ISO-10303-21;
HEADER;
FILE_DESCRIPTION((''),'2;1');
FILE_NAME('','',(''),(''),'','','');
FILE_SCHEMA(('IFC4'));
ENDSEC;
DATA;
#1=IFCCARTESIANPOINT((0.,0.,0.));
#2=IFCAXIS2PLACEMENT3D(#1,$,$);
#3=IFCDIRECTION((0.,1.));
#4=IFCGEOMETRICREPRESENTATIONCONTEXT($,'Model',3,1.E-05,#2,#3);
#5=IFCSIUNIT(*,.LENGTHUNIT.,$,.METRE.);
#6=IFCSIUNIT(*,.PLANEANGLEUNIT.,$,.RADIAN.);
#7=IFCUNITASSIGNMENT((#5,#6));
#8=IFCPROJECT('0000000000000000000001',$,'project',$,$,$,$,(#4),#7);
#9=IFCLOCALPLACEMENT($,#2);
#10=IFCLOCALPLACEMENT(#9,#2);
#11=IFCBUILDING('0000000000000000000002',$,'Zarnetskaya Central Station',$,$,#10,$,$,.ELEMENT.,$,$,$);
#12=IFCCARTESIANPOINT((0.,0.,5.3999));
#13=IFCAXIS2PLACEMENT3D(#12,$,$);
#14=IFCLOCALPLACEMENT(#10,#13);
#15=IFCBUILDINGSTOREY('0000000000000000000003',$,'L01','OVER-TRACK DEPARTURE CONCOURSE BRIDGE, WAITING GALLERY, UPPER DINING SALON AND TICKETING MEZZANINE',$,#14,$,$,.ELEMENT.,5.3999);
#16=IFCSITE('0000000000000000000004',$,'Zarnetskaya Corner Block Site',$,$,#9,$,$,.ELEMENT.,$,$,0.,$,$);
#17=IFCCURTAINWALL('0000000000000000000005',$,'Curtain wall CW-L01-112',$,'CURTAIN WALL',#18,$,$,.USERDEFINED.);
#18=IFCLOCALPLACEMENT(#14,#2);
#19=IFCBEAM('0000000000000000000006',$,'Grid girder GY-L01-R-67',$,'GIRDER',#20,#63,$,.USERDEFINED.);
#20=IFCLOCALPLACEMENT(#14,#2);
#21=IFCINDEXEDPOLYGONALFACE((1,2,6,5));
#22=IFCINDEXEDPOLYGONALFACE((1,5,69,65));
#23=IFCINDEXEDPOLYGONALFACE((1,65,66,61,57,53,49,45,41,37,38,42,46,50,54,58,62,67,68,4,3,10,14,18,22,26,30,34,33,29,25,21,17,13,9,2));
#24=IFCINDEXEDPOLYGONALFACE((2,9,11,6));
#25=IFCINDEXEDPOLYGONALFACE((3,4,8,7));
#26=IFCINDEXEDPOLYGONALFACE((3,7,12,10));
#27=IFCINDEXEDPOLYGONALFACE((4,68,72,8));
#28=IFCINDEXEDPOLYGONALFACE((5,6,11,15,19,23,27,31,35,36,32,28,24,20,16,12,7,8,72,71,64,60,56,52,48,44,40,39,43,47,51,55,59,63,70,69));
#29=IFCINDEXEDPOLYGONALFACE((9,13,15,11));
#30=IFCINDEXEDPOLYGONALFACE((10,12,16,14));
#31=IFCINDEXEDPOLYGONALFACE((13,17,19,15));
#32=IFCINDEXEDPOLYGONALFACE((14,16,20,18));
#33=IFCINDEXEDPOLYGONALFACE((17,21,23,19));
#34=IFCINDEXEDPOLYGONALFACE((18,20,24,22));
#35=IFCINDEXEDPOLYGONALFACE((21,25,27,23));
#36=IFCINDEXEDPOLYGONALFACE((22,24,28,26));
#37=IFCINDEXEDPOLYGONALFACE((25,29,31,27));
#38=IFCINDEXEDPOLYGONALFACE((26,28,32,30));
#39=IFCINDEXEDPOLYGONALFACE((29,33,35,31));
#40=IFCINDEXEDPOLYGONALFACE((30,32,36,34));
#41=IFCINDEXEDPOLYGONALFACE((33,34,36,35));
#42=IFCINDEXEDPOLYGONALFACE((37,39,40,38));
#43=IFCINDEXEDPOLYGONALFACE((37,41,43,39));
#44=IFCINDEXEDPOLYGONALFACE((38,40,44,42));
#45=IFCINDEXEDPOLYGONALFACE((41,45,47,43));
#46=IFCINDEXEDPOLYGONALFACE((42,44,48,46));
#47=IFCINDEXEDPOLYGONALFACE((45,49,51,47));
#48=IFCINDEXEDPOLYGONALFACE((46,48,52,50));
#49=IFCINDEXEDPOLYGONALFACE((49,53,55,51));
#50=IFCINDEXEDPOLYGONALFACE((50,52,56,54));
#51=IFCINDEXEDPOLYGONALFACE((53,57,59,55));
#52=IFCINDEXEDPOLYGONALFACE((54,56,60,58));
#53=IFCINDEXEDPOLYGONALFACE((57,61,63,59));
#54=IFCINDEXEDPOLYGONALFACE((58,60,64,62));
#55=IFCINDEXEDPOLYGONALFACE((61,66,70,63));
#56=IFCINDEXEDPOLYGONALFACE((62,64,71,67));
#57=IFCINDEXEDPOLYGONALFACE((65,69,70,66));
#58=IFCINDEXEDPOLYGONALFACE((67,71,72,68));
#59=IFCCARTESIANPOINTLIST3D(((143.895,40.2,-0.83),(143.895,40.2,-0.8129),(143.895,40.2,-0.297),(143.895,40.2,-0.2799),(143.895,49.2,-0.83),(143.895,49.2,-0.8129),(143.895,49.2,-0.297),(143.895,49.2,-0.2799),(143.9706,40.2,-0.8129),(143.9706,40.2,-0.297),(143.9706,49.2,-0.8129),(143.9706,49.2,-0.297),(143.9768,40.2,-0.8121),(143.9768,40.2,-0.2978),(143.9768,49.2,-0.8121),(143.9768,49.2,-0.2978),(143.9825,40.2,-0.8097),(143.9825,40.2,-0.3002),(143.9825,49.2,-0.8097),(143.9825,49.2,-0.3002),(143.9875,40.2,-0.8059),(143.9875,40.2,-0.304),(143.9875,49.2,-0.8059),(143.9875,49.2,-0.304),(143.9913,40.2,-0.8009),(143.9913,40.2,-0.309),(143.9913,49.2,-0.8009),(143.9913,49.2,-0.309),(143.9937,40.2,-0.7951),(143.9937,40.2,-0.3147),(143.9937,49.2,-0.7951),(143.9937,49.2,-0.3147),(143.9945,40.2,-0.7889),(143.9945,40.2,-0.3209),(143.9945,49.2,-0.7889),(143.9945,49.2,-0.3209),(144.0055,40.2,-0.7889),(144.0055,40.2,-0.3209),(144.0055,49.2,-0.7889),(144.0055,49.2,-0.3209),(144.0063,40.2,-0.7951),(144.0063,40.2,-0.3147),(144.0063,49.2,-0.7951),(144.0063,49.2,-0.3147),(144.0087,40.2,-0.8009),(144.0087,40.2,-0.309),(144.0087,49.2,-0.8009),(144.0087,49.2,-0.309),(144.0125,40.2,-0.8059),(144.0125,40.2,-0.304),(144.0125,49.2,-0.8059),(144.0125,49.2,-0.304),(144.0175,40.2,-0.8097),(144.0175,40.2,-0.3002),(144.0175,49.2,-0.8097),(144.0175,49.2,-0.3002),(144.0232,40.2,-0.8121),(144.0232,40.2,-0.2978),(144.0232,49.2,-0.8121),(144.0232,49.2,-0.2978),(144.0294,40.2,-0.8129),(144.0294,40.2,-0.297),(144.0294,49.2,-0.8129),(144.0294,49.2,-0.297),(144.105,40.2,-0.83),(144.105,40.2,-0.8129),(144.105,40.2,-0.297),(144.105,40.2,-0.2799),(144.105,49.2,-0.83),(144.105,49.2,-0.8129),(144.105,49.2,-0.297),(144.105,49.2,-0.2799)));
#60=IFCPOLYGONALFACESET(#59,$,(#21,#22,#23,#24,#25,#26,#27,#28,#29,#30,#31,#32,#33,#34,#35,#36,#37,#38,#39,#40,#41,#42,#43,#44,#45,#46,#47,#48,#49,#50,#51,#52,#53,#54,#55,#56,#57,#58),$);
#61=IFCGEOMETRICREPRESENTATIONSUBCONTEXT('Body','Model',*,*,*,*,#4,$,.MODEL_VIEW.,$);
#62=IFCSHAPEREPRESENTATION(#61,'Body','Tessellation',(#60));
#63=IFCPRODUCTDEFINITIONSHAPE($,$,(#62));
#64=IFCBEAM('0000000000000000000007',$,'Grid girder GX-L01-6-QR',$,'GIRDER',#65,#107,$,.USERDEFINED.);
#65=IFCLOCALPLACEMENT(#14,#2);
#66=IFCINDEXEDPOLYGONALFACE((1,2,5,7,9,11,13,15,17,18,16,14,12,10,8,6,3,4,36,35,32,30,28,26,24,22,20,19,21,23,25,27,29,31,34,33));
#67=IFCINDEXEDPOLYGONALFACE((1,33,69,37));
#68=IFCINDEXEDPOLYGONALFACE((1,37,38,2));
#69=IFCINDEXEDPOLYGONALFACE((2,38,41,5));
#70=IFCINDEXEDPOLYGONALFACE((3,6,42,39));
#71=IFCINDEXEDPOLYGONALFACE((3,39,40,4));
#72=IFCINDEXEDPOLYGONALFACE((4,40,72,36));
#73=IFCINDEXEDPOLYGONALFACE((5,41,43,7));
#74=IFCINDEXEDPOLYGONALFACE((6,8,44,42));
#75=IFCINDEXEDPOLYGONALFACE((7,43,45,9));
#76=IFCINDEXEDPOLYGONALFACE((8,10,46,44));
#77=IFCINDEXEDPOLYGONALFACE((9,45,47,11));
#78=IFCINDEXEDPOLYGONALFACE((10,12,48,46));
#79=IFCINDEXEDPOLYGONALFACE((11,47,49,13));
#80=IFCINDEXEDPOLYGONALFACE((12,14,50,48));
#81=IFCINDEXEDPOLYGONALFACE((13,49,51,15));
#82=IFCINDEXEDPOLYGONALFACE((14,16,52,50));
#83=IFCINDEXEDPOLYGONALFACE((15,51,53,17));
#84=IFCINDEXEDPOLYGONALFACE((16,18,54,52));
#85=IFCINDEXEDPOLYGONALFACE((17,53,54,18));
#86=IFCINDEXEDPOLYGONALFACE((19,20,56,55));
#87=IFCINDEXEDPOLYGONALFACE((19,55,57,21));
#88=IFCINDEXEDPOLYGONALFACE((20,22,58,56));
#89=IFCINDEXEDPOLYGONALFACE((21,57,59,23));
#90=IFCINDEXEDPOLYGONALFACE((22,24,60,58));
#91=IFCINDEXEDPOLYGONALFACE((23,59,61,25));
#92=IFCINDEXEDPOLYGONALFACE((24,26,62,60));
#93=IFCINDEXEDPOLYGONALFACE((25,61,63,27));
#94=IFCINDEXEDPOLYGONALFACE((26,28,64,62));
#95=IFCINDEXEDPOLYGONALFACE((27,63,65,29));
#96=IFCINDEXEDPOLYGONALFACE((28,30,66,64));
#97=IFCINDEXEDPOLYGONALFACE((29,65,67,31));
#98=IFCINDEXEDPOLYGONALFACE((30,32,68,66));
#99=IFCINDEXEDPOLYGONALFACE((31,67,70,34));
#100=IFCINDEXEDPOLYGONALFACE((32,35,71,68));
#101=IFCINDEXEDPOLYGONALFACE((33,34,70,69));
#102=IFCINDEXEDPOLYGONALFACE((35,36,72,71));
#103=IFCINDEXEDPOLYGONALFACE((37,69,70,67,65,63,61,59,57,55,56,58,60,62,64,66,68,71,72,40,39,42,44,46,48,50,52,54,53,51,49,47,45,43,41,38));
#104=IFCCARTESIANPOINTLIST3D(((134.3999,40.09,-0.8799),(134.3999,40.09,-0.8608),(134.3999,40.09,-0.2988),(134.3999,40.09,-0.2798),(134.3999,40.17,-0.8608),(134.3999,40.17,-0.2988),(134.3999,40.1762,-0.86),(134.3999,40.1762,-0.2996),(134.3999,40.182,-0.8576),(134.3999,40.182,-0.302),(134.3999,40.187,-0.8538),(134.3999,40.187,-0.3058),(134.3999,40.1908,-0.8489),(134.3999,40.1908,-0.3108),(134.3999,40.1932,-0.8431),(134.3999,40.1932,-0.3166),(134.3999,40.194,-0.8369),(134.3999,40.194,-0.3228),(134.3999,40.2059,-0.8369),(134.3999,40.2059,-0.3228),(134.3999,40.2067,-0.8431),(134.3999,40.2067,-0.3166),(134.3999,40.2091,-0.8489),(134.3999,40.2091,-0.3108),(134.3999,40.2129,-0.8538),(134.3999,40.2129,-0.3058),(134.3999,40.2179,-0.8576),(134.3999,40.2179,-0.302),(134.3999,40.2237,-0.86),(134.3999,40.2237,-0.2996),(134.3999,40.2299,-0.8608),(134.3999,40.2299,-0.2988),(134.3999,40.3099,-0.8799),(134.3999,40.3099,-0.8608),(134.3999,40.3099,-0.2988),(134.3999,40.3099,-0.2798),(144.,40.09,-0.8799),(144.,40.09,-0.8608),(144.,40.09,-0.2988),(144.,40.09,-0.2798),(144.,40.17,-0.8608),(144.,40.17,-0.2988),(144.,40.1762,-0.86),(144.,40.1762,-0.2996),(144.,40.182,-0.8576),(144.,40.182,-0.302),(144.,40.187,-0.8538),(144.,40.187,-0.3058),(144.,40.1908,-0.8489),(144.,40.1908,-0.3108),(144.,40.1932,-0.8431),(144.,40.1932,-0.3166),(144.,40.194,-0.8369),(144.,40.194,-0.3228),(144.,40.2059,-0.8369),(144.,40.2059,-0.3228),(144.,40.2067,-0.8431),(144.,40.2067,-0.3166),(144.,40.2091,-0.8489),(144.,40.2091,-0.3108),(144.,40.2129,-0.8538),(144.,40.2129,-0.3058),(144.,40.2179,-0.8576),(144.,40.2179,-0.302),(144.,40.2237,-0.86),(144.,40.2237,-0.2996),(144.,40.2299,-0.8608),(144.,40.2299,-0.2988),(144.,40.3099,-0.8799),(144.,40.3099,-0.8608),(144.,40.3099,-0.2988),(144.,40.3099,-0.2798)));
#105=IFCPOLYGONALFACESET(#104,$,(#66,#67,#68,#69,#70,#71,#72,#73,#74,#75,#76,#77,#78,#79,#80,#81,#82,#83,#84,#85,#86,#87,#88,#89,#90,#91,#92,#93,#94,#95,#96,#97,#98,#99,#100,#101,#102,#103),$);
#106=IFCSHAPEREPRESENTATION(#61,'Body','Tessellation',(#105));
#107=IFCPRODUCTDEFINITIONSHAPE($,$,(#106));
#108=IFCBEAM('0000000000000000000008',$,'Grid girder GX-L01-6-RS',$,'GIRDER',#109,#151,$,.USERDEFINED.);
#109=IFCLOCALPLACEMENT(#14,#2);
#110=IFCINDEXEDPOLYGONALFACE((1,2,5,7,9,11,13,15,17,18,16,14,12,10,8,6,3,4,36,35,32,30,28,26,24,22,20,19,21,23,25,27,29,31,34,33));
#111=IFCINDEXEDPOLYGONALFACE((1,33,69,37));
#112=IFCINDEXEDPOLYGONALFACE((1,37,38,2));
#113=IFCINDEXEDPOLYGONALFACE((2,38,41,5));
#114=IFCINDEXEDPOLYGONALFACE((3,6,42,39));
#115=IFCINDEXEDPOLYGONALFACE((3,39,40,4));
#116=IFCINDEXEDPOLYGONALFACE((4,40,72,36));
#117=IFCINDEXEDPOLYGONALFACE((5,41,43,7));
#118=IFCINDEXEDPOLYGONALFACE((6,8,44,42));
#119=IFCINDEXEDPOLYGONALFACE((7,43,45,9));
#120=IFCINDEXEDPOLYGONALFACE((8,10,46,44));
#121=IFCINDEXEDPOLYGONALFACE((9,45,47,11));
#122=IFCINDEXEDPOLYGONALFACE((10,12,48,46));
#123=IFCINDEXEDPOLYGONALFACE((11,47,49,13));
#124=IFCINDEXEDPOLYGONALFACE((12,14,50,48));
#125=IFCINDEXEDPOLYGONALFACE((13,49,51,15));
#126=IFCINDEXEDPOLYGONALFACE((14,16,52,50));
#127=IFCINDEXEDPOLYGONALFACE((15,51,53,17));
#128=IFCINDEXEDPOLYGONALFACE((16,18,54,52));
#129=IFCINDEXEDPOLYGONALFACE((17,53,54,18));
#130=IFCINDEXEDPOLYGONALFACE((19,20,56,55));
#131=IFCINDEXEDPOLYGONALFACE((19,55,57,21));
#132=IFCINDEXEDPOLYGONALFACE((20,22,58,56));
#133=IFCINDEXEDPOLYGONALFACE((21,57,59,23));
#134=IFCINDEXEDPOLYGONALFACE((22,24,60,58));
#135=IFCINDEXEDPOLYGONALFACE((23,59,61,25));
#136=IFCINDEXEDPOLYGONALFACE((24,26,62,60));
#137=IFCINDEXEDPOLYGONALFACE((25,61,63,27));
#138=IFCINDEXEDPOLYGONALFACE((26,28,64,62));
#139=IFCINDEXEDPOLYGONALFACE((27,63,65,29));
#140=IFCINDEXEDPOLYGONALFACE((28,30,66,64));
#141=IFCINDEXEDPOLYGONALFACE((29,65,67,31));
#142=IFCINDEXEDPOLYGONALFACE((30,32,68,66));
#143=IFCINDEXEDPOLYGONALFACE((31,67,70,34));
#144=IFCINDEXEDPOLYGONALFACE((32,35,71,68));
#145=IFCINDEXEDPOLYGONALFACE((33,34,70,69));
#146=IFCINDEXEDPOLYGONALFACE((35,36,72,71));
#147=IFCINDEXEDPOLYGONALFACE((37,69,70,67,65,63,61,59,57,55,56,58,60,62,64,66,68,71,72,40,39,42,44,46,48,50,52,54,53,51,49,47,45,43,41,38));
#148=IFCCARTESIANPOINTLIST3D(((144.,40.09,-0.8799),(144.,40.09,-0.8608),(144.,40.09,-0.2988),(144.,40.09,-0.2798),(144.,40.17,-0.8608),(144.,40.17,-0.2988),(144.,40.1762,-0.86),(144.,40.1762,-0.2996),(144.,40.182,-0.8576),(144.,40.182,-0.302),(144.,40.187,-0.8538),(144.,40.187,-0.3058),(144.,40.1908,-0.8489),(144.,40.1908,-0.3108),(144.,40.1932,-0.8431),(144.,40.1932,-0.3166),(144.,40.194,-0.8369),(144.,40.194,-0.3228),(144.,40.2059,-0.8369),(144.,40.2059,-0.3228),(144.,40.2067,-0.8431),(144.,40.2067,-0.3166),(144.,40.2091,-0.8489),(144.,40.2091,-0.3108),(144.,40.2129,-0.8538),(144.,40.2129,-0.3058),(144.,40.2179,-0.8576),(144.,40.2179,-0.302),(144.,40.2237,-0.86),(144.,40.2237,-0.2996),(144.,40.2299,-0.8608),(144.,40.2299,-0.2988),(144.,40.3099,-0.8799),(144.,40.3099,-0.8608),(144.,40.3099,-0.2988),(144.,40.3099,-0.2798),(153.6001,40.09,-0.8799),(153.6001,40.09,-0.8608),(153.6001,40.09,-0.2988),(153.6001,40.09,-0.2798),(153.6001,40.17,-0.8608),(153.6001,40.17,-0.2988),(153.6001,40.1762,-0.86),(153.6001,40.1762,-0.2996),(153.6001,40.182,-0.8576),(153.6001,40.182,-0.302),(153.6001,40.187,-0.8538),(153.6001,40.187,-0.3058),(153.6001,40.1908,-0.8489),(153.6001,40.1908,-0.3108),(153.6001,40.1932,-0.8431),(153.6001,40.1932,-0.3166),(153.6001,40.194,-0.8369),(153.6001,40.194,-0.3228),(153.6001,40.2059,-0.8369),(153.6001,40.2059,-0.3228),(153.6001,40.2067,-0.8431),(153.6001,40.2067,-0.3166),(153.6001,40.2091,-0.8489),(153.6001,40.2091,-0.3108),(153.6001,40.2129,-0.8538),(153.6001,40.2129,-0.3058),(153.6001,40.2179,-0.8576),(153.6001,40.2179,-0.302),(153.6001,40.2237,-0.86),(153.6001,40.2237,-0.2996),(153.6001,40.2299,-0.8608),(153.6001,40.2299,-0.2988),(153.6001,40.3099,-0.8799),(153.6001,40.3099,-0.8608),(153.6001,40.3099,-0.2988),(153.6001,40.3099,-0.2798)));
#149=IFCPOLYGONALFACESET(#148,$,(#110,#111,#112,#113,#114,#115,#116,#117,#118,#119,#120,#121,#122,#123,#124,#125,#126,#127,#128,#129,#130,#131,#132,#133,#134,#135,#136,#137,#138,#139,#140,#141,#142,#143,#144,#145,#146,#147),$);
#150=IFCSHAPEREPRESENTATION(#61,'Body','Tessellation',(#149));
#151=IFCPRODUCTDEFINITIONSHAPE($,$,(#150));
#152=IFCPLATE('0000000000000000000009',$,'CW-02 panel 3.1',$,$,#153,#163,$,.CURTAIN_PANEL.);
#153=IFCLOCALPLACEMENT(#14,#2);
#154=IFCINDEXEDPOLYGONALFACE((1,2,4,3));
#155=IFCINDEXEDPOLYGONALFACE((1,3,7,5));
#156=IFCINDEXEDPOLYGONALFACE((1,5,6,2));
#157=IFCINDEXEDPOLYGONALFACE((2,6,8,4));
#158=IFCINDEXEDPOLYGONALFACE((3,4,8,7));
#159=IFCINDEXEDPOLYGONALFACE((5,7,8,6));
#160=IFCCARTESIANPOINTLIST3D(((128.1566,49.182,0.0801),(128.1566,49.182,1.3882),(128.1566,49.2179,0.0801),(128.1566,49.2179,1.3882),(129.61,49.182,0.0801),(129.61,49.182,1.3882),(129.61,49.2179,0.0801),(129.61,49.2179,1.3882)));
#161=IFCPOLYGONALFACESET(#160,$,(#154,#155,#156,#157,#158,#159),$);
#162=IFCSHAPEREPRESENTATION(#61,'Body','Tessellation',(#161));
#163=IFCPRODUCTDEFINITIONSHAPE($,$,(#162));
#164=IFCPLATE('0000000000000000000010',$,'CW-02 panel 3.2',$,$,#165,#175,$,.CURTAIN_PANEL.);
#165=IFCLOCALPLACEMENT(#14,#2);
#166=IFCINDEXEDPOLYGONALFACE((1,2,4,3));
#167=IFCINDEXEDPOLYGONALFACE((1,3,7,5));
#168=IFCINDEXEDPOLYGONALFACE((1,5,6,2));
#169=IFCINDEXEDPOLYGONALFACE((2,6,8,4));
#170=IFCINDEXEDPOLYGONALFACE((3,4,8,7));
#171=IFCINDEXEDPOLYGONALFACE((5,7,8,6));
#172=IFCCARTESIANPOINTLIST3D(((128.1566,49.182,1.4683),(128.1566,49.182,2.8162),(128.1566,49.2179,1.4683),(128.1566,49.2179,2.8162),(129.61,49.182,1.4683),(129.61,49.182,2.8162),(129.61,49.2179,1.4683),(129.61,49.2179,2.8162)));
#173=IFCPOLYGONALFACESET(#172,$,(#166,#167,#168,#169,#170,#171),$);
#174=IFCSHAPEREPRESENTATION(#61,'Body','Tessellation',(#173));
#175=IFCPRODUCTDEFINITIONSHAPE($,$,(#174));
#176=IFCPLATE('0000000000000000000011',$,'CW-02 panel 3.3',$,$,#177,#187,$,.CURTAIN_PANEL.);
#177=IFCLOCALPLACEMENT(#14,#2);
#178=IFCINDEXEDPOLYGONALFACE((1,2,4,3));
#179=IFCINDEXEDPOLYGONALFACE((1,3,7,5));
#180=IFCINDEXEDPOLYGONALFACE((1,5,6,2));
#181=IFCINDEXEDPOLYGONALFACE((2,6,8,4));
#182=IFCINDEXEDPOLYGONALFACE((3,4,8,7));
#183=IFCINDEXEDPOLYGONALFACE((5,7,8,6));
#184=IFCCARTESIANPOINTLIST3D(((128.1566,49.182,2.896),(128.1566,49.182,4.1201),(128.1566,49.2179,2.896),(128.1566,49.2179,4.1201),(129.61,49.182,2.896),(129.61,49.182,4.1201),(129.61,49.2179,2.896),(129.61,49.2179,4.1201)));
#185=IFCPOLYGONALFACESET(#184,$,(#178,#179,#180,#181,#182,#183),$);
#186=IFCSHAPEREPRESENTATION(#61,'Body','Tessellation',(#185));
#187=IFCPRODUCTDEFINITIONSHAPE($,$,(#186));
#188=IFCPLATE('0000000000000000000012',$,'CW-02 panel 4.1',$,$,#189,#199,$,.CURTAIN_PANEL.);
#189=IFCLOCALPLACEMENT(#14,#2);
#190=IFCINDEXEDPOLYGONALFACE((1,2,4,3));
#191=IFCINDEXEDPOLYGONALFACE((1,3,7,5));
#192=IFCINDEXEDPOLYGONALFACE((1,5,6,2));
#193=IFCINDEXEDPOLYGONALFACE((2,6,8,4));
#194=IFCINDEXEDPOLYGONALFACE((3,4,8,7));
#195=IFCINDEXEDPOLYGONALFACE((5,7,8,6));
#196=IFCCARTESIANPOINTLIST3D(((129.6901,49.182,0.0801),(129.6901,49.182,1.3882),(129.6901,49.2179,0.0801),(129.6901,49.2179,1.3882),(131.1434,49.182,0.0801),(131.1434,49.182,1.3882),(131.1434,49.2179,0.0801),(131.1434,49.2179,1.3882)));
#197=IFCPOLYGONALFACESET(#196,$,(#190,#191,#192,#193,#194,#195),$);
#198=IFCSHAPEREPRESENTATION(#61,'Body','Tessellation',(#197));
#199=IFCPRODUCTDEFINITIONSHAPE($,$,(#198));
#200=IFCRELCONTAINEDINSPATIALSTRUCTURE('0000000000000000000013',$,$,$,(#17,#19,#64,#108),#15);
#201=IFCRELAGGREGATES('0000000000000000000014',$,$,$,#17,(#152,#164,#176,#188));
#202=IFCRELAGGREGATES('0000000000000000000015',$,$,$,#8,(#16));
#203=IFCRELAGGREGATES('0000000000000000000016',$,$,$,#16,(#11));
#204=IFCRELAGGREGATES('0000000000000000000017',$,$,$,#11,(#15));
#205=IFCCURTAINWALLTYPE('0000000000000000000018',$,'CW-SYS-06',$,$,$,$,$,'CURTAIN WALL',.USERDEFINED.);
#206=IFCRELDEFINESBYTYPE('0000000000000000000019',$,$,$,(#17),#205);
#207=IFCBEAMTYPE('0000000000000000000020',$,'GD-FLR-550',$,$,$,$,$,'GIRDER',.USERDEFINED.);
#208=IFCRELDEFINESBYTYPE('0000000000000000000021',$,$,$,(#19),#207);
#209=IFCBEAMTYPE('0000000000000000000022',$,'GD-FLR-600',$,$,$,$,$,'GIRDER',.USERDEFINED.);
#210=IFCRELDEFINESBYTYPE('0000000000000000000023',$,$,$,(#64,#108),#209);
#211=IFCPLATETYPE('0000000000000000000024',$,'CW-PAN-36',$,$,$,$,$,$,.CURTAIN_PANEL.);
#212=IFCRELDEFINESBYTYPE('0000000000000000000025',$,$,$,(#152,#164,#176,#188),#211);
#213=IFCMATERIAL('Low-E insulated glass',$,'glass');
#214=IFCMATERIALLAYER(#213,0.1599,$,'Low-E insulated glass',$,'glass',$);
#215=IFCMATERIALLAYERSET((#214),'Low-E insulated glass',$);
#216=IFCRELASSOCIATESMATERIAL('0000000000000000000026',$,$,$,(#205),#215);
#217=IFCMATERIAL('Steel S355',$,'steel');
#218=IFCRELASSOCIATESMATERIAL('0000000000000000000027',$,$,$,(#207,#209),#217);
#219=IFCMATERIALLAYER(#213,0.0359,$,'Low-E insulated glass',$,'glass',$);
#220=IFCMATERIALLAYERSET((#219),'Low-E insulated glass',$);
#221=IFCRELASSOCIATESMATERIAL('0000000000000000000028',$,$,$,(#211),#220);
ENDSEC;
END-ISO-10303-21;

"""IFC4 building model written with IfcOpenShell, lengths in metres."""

from ifc_helpers import new_model, si_unit, direction, frame, origin, origin_2d, place, context, subcontext, project, spatial, rectangle, i_section, extrude, material, layer, layer_set, material_profile, profile_set, type_object, element, aggregate, save


model = new_model("IFC4")

# Units and contexts
model_context = context("Model", 3, precision=1e-05, world=origin(), true_north=direction((0.0, 1.0)))
body_context = subcontext(model_context, "Body", "Model", "MODEL_VIEW")
ifc_project = project(units=[si_unit("LENGTHUNIT", "METRE"), si_unit("PLANEANGLEUNIT", "RADIAN")], contexts=[model_context])

# Site, building, storey
site_placement = place(None, origin())
site = spatial("IfcSite", under=ifc_project, at=site_placement, Name="Zarnetskaya Corner Block Site", CompositionType="ELEMENT", RefElevation=0.0)
building_placement = place(site_placement, origin())
building = spatial("IfcBuilding", under=site, at=building_placement, Name="Zarnetskaya Central Station", CompositionType="ELEMENT")
storey_placement = place(building_placement, frame((0.0, 0.0, 5.3999)))
storey = spatial("IfcBuildingStorey", under=building, at=storey_placement, Name="L01", Description="OVER-TRACK DEPARTURE CONCOURSE BRIDGE, WAITING GALLERY, UPPER DINING SALON AND TICKETING MEZZANINE", CompositionType="ELEMENT", Elevation=5.3999)

# Shared definitions
ifc_material_1 = material(Name="Steel S355", Category="steel")

# Curtain wall
ifc_material_2 = material(Name="Low-E insulated glass", Category="glass")
ifc_layer_1 = layer(ifc_material_2, 0.1599, Name="Low-E insulated glass", Category="glass")
ifc_layer_set_1 = layer_set([ifc_layer_1], Name="Low-E insulated glass")
curtain_wall_type = type_object("IfcCurtainWallType", Name="CW-SYS-06", ElementType="CURTAIN WALL", PredefinedType="USERDEFINED", material=ifc_layer_set_1)
curtain_wall_placement = place(storey_placement, origin())
curtain_wall = element("IfcCurtainWall", 1, at=curtain_wall_placement, inside=storey, type_object=curtain_wall_type, Name="Curtain wall CW-L01-112", ObjectType="CURTAIN WALL", PredefinedType="USERDEFINED")

# Beams
ifc_material_profile_1 = material_profile(ifc_material_1, i_section(OverallWidth=0.21, OverallDepth=0.55, WebThickness=0.011, FlangeThickness=0.0171, FilletRadius=0.0239, at=origin_2d()), Name="IPE 550")
ifc_profile_set_1 = profile_set([ifc_material_profile_1], Name="Steel S355")
beam_type_1 = type_object("IfcBeamType", Name="GD-FLR-550", ElementType="GIRDER", PredefinedType="USERDEFINED", material=ifc_profile_set_1)
for number, where, z_axis, x_axis, name in (
    (2, (144.0, 40.2, -0.5549), (0.0, 1.0, 0.0), (-1.0, 0.0, 0.0), "Grid girder GY-L01-R-67"),
):
    element("IfcBeam", number, at=place(storey_placement, frame(where, z_axis=z_axis, x_axis=x_axis)), inside=storey, type_object=beam_type_1, Name=name, ObjectType="GIRDER", PredefinedType="USERDEFINED", context=body_context, shape_type="SweptSolid", body=[
        extrude(i_section(OverallWidth=0.21, OverallDepth=0.55, WebThickness=0.011, FlangeThickness=0.0171, FilletRadius=0.0239, at=origin_2d()), origin(), (0.0, 0.0, 1.0), 9.0),
    ])
ifc_material_profile_2 = material_profile(ifc_material_1, i_section(OverallWidth=0.22, OverallDepth=0.6001, WebThickness=0.012, FlangeThickness=0.019, FilletRadius=0.0239, at=origin_2d()), Name="IPE 600")
ifc_profile_set_2 = profile_set([ifc_material_profile_2], Name="Steel S355")
beam_type_2 = type_object("IfcBeamType", Name="GD-FLR-600", ElementType="GIRDER", PredefinedType="USERDEFINED", material=ifc_profile_set_2)
for number, where, z_axis, x_axis, name in (
    (3, (134.3999, 40.2, -0.5798), (1.0, 0.0, 0.0), (0.0, 1.0, 0.0), "Grid girder GX-L01-6-QR"),
    (4, (144.0, 40.2, -0.5798), (1.0, 0.0, 0.0), (0.0, 1.0, 0.0), "Grid girder GX-L01-6-RS"),
):
    element("IfcBeam", number, at=place(storey_placement, frame(where, z_axis=z_axis, x_axis=x_axis)), inside=storey, type_object=beam_type_2, Name=name, ObjectType="GIRDER", PredefinedType="USERDEFINED", context=body_context, shape_type="SweptSolid", body=[
        extrude(i_section(OverallWidth=0.22, OverallDepth=0.6001, WebThickness=0.012, FlangeThickness=0.019, FilletRadius=0.0239, at=origin_2d()), origin(), (0.0, 0.0, 1.0), 9.6001),
    ])

# Plates
ifc_layer_2 = layer(ifc_material_2, 0.0359, Name="Low-E insulated glass", Category="glass")
ifc_layer_set_2 = layer_set([ifc_layer_2], Name="Low-E insulated glass")
plate_type = type_object("IfcPlateType", Name="CW-PAN-36", PredefinedType="CURTAIN_PANEL", material=ifc_layer_set_2)
plate_1_placement = place(storey_placement, frame((128.8833, 49.2, 0.0801), z_axis=(0.0, 0.0, 1.0), x_axis=(1.0, 0.0, 0.0)))
plate_1 = element("IfcPlate", 5, at=plate_1_placement, type_object=plate_type, Name="CW-02 panel 3.1", PredefinedType="CURTAIN_PANEL", context=body_context, shape_type="SweptSolid", body=[
    extrude(rectangle(XDim=1.4534, YDim=0.0359, at=origin_2d()), origin(), (0.0, 0.0, 1.0), 1.3081),
])
plate_2_placement = place(storey_placement, frame((128.8833, 49.2, 1.4683), z_axis=(0.0, 0.0, 1.0), x_axis=(1.0, 0.0, 0.0)))
plate_2 = element("IfcPlate", 6, at=plate_2_placement, type_object=plate_type, Name="CW-02 panel 3.2", PredefinedType="CURTAIN_PANEL", context=body_context, shape_type="SweptSolid", body=[
    extrude(rectangle(XDim=1.4534, YDim=0.0359, at=origin_2d()), origin(), (0.0, 0.0, 1.0), 1.3479),
])
plate_3_placement = place(storey_placement, frame((128.8833, 49.2, 2.896), z_axis=(0.0, 0.0, 1.0), x_axis=(1.0, 0.0, 0.0)))
plate_3 = element("IfcPlate", 7, at=plate_3_placement, type_object=plate_type, Name="CW-02 panel 3.3", PredefinedType="CURTAIN_PANEL", context=body_context, shape_type="SweptSolid", body=[
    extrude(rectangle(XDim=1.4534, YDim=0.0359, at=origin_2d()), origin(), (0.0, 0.0, 1.0), 1.2241),
])
plate_4_placement = place(storey_placement, frame((130.4167, 49.2, 0.0801), z_axis=(0.0, 0.0, 1.0), x_axis=(1.0, 0.0, 0.0)))
plate_4 = element("IfcPlate", 8, at=plate_4_placement, type_object=plate_type, Name="CW-02 panel 4.1", PredefinedType="CURTAIN_PANEL", context=body_context, shape_type="SweptSolid", body=[
    extrude(rectangle(XDim=1.4534, YDim=0.0359, at=origin_2d()), origin(), (0.0, 0.0, 1.0), 1.3081),
])
aggregate(curtain_wall, [plate_1, plate_2, plate_3, plate_4])

save(model, "model.ifc")
